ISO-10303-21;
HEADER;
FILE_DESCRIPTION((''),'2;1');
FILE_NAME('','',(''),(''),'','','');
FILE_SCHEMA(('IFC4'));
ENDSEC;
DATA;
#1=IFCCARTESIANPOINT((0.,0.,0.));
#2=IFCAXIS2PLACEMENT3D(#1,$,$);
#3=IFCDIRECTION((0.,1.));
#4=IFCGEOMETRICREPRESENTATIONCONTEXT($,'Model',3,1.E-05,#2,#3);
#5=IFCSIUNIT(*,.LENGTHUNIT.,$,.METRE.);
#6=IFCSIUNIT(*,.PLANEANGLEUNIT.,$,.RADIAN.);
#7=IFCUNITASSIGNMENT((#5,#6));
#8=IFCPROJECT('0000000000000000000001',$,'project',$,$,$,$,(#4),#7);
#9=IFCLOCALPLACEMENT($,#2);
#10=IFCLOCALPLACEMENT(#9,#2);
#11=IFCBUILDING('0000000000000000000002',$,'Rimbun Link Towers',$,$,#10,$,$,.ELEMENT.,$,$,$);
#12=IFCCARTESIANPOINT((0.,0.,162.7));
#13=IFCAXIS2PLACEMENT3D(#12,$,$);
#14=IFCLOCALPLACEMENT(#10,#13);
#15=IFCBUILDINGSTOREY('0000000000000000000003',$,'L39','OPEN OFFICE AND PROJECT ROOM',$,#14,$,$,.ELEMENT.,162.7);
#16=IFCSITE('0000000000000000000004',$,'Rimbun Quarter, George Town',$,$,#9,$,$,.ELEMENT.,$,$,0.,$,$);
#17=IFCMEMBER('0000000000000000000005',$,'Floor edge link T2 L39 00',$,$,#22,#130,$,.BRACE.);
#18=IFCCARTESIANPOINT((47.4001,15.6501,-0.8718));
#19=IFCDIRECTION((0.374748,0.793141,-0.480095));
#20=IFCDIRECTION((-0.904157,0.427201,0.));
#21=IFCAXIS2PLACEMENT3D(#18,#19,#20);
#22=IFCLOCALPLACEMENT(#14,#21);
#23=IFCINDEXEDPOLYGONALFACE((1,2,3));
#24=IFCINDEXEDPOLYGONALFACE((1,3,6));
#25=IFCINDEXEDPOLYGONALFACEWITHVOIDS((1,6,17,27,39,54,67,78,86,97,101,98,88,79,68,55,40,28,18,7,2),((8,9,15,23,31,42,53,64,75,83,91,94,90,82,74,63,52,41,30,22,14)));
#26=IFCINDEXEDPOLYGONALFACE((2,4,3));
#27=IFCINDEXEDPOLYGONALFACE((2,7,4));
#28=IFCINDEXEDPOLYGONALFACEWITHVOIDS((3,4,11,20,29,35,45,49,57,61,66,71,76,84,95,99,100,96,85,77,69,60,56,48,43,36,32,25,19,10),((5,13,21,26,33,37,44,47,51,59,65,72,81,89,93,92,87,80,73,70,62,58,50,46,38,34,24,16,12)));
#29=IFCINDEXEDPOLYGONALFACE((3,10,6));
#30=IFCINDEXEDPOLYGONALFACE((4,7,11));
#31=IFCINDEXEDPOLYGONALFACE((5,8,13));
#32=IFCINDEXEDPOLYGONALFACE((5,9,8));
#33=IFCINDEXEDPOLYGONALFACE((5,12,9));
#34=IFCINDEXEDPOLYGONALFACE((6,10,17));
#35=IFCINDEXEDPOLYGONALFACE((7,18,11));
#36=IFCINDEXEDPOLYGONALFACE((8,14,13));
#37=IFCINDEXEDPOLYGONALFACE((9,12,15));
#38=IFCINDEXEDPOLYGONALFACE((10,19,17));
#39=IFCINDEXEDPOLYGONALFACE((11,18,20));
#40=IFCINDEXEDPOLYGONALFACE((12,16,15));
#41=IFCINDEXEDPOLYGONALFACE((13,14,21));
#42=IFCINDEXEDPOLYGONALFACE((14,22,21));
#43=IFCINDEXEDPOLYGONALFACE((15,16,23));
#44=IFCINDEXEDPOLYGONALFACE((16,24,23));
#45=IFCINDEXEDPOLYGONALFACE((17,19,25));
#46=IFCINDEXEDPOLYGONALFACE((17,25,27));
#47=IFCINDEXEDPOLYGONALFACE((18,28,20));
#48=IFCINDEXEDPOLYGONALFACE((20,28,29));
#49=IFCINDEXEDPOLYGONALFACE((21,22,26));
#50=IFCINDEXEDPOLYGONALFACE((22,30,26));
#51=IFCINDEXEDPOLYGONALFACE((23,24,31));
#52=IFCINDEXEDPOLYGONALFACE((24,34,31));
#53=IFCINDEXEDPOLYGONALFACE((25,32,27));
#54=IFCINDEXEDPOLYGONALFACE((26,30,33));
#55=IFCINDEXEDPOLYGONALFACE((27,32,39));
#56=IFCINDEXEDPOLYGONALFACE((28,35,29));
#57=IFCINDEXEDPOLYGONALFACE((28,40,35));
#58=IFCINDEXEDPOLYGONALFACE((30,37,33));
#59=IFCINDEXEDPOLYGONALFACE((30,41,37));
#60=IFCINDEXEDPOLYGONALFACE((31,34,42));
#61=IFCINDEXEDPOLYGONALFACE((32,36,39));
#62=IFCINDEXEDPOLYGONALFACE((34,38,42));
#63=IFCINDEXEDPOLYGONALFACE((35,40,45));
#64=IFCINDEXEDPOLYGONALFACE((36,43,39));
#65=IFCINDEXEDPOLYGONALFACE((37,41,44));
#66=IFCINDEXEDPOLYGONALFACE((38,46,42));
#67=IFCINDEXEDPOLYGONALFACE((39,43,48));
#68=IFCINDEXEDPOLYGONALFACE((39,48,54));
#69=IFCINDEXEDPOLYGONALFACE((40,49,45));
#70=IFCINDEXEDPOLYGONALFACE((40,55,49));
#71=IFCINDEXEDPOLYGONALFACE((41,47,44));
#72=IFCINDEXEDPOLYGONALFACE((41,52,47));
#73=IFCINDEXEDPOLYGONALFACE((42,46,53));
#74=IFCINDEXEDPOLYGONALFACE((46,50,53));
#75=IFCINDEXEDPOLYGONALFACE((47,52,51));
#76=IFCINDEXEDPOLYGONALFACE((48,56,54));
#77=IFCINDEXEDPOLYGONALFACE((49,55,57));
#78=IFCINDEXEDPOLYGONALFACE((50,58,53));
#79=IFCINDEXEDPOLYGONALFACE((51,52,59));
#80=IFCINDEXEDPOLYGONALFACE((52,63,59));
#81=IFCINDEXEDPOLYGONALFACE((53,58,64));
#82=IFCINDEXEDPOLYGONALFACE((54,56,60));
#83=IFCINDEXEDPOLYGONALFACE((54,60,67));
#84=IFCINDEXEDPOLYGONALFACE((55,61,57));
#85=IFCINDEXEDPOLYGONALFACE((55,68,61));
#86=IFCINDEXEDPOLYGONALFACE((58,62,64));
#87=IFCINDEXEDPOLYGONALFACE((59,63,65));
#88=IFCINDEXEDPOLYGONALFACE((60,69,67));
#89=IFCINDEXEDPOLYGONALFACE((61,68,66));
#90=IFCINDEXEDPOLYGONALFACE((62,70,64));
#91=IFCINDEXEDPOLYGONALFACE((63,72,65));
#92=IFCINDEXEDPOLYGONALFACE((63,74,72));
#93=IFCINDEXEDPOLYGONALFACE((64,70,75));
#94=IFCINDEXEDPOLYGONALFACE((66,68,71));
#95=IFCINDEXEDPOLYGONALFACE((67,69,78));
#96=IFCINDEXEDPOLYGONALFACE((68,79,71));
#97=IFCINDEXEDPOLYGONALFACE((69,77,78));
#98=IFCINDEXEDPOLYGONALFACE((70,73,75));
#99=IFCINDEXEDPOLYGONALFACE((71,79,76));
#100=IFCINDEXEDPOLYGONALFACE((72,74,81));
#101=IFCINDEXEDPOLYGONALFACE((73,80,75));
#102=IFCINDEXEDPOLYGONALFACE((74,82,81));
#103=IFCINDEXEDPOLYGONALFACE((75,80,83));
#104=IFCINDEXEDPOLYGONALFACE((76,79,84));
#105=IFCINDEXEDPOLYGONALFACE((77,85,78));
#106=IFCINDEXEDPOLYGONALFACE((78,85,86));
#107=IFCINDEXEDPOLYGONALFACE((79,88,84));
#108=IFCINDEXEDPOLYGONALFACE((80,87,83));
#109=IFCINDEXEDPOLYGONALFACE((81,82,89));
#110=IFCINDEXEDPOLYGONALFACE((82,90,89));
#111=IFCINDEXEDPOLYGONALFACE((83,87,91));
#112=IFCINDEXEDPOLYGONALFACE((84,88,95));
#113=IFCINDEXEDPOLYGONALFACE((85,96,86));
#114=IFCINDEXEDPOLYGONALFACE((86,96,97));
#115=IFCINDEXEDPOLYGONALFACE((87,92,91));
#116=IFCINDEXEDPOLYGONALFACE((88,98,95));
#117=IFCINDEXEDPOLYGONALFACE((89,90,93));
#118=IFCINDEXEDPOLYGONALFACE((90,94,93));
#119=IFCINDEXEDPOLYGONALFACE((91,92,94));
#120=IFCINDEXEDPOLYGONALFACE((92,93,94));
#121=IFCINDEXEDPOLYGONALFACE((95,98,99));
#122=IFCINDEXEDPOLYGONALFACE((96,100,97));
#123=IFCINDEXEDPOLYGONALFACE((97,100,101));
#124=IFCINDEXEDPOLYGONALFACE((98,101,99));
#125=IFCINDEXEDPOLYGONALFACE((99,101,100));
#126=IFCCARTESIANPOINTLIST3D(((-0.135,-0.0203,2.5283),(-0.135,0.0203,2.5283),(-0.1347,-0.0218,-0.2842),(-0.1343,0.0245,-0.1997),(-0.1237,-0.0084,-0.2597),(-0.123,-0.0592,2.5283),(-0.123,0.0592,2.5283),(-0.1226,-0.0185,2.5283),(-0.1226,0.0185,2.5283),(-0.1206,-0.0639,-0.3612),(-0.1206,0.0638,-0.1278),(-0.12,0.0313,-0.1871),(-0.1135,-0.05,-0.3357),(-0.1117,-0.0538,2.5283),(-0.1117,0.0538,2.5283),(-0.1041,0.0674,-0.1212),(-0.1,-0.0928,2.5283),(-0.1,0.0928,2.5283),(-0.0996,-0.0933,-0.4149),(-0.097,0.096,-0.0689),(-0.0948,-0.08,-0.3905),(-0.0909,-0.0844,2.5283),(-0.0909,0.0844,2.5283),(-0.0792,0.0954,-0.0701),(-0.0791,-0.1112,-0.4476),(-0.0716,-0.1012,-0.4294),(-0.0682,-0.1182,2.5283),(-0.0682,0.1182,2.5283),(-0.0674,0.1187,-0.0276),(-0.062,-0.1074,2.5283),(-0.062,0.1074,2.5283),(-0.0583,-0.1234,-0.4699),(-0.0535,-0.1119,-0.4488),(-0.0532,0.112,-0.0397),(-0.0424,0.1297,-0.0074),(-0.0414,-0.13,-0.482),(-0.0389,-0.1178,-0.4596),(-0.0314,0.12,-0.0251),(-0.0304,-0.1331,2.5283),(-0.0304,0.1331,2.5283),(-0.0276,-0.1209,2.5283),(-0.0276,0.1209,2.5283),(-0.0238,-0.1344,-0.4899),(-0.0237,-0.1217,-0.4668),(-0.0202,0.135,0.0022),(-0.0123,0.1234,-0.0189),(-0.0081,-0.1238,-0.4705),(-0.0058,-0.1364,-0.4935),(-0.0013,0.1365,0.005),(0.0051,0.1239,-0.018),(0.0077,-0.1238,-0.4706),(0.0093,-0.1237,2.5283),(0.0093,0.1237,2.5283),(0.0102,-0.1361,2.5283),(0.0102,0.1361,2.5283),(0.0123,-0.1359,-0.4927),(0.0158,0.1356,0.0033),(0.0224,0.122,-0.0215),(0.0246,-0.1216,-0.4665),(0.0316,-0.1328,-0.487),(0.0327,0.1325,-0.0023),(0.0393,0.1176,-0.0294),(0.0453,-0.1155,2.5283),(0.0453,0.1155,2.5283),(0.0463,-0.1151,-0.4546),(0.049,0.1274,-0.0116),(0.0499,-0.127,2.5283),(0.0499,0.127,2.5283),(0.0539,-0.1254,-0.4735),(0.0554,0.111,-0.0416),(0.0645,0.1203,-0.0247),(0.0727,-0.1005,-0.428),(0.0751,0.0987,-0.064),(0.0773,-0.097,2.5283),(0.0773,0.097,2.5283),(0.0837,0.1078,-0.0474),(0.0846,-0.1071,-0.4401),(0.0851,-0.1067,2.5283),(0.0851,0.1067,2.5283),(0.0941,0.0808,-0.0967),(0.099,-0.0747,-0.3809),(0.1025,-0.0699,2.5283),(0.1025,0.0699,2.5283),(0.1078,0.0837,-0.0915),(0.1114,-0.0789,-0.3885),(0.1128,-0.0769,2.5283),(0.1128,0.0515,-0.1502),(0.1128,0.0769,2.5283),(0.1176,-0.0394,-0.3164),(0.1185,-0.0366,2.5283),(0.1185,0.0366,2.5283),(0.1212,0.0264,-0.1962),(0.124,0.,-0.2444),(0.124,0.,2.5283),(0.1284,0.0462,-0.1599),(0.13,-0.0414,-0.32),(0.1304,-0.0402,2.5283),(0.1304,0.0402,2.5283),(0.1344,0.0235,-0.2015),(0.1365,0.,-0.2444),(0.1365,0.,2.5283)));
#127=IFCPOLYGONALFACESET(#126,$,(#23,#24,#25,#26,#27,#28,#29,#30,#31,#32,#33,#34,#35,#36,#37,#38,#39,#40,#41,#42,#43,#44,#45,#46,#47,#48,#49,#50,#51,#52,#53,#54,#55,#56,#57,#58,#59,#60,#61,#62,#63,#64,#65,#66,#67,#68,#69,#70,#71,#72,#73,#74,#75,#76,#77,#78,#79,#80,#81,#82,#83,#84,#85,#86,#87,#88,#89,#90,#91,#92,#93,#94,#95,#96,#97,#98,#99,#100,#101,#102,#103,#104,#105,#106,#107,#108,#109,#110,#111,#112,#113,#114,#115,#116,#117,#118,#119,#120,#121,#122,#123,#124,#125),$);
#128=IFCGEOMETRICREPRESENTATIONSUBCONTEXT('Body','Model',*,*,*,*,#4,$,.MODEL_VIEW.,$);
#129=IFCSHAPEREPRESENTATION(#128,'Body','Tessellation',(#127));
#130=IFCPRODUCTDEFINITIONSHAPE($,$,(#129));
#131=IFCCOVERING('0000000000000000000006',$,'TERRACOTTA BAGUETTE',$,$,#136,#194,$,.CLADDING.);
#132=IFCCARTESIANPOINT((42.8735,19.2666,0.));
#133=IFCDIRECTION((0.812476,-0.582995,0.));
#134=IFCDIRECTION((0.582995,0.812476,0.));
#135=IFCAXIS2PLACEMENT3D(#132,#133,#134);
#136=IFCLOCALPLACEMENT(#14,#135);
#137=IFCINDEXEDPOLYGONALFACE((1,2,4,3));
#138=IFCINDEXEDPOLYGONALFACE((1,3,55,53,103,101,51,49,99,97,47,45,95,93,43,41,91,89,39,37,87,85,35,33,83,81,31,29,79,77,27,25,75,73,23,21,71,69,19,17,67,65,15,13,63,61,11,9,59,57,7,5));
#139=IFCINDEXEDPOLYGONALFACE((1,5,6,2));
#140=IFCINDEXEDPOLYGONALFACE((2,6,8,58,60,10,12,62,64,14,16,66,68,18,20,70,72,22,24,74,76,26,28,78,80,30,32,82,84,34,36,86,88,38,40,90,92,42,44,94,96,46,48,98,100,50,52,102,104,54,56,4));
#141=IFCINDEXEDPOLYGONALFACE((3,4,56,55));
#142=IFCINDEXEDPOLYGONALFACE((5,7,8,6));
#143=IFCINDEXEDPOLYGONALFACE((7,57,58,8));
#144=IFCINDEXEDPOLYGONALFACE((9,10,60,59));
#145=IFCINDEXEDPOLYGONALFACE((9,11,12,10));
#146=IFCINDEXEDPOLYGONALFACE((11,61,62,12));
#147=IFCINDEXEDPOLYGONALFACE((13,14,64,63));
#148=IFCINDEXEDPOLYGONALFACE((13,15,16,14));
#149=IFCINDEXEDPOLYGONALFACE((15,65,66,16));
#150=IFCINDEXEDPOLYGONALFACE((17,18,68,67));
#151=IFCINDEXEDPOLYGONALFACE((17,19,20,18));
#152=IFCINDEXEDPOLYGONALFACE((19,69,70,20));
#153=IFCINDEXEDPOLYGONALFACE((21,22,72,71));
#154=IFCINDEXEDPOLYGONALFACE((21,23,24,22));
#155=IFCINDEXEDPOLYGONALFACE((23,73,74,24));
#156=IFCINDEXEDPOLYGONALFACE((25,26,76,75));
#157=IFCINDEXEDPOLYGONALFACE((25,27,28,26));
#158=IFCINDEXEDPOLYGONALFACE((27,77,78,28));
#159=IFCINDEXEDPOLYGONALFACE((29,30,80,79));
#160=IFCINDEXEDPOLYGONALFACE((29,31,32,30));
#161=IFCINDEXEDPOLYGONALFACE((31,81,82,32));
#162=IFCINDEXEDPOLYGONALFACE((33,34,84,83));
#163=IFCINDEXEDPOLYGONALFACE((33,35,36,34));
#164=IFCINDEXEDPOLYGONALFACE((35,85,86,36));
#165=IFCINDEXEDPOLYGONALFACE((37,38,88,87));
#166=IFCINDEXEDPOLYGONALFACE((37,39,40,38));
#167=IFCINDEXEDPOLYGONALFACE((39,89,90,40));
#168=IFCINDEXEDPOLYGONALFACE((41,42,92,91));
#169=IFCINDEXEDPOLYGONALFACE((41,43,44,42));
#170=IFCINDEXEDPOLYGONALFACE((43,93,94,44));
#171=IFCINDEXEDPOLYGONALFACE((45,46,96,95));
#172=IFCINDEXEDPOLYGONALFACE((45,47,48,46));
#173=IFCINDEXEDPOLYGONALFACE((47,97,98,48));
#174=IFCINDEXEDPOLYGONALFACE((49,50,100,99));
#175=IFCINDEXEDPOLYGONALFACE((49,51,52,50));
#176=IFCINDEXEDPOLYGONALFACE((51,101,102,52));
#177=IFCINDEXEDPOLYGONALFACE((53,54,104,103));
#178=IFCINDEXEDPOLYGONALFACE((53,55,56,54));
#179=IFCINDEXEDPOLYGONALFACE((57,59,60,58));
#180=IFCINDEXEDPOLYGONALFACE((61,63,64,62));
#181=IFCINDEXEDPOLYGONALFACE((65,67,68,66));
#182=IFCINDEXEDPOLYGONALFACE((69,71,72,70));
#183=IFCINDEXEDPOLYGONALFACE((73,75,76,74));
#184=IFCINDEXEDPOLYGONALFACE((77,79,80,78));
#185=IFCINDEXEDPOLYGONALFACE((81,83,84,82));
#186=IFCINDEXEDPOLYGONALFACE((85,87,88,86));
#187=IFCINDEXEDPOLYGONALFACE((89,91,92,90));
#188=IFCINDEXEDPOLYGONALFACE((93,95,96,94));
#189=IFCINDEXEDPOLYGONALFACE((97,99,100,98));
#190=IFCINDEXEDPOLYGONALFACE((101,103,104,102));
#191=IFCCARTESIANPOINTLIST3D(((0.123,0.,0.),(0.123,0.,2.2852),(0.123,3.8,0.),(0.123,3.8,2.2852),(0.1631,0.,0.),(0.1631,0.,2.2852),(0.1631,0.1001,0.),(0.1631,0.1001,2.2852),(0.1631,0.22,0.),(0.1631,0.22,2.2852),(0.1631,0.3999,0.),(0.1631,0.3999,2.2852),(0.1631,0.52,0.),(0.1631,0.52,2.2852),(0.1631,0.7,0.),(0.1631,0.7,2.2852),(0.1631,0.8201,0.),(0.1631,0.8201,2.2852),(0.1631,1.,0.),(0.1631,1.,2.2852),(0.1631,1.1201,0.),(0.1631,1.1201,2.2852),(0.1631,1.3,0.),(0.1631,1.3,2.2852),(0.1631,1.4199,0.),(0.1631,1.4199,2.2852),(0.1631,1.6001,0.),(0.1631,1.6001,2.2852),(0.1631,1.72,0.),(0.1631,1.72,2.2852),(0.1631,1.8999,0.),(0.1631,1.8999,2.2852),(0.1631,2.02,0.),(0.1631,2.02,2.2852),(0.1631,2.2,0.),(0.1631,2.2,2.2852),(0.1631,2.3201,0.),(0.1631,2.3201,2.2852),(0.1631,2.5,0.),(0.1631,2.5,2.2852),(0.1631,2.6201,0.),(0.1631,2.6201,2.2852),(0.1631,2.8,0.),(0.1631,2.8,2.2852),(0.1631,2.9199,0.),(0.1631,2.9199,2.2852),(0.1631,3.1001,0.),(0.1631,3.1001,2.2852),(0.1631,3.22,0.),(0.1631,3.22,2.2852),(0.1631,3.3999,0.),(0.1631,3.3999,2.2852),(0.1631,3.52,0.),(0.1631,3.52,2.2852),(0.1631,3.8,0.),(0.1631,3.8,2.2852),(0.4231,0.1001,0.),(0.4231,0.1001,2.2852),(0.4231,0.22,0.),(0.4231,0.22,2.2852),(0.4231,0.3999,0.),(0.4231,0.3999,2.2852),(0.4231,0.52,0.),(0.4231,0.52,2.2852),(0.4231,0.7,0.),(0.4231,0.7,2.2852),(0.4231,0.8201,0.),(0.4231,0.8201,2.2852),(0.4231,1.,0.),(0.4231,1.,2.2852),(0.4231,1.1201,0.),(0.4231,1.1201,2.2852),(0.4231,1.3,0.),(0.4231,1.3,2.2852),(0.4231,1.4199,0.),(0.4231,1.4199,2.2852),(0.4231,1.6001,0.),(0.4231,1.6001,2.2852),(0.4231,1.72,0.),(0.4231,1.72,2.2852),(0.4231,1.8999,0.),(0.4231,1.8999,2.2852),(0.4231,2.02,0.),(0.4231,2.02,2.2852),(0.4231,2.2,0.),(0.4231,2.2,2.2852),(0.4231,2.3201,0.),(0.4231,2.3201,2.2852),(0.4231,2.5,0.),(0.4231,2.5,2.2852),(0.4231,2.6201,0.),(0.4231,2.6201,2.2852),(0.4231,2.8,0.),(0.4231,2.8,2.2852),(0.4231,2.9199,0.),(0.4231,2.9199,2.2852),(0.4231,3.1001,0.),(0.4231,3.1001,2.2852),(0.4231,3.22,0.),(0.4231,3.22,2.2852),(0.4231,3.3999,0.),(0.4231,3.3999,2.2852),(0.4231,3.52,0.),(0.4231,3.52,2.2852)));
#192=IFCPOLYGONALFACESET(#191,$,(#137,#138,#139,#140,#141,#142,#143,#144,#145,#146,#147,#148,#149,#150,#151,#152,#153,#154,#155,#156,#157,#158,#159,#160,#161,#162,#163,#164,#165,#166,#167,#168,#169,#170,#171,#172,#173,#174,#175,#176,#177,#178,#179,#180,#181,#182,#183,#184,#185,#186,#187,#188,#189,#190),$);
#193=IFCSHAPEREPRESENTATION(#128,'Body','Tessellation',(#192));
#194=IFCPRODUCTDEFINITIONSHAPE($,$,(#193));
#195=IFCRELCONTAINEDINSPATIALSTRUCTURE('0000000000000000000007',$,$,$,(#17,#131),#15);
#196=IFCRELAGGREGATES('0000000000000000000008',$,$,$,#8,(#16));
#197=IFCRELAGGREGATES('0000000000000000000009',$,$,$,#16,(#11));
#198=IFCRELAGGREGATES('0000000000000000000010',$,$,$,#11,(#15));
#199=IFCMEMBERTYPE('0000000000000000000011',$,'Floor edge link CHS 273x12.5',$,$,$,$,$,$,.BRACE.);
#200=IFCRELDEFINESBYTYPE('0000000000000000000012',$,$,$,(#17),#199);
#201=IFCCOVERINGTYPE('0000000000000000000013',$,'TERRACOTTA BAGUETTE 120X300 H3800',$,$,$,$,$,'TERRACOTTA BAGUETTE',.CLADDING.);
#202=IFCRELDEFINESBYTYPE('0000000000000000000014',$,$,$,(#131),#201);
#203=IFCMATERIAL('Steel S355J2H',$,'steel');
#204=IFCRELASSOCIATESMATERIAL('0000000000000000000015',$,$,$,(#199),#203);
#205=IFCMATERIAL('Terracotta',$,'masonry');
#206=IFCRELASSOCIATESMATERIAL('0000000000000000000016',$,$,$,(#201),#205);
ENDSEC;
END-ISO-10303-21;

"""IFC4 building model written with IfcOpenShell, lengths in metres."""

from ifc_helpers import new_model, si_unit, direction, frame, origin, origin_2d, place, context, subcontext, project, spatial, polyline, hollow_circle, outline, extrude, clip, halfspace, material, material_profile, profile_set, type_object, element, save


model = new_model("IFC4")

# Units and contexts
model_context = context("Model", 3, precision=1e-05, world=origin(), true_north=direction((0.0, 1.0)))
body_context = subcontext(model_context, "Body", "Model", "MODEL_VIEW")
ifc_project = project(units=[si_unit("LENGTHUNIT", "METRE"), si_unit("PLANEANGLEUNIT", "RADIAN")], contexts=[model_context])

# Site, building, storey
site_placement = place(None, origin())
site = spatial("IfcSite", under=ifc_project, at=site_placement, Name="Rimbun Quarter, George Town", CompositionType="ELEMENT", RefElevation=0.0)
building_placement = place(site_placement, origin())
building = spatial("IfcBuilding", under=site, at=building_placement, Name="Rimbun Link Towers", CompositionType="ELEMENT")
storey_placement = place(building_placement, frame((0.0, 0.0, 162.7)))
storey = spatial("IfcBuildingStorey", under=building, at=storey_placement, Name="L39", Description="OPEN OFFICE AND PROJECT ROOM", CompositionType="ELEMENT", Elevation=162.7)

# Member
ifc_material_1 = material(Name="Steel S355J2H", Category="steel")
ifc_material_profile_1 = material_profile(ifc_material_1, hollow_circle(Radius=0.1365, WallThickness=0.0125, at=origin_2d()), Name="CHS 273x12.5")
ifc_profile_set_1 = profile_set([ifc_material_profile_1], Name="Steel S355J2H")
member_type_1 = type_object("IfcMemberType", Name="Floor edge link CHS 273x12.5", PredefinedType="BRACE", material=ifc_profile_set_1)
member_1_placement = place(storey_placement, frame((47.4001, 15.6501, -0.8718), z_axis=(0.374748, 0.793141, -0.480095), x_axis=(-0.904157, 0.427201, 0.0)))
element("IfcMember", 1, at=member_1_placement, inside=storey, type_object=member_type_1, Name="Floor edge link T2 L39 00", PredefinedType="BRACE", context=body_context, shape_type="Clipping", body=[
    clip(extrude(hollow_circle(Radius=0.1365, WallThickness=0.0125, at=origin_2d()), frame((0.0, 0.0, -0.5198)), (0.0, 0.0, 1.0), 3.0481), halfspace(frame((0.0, 0.0, -0.2444), z_axis=(0.0, 0.877217, -0.480095)), False)),
])

# Covering
ifc_material_2 = material(Name="Terracotta", Category="masonry")
ifc_material_profile_2 = material_profile(ifc_material_2, outline(polyline([(0.123, 0.0), (0.1631, 0.0), (0.1631, 0.1001), (0.4231, 0.1001), (0.4231, 0.22), (0.1631, 0.22), (0.1631, 0.3999), (0.4231, 0.3999), (0.4231, 0.52), (0.1631, 0.52), (0.1631, 0.7), (0.4231, 0.7), (0.4231, 0.8201), (0.1631, 0.8201), (0.1631, 1.0), (0.4231, 1.0), (0.4231, 1.1201), (0.1631, 1.1201), (0.1631, 1.3), (0.4231, 1.3), (0.4231, 1.4199), (0.1631, 1.4199), (0.1631, 1.6001), (0.4231, 1.6001), (0.4231, 1.72), (0.1631, 1.72), (0.1631, 1.8999), (0.4231, 1.8999), (0.4231, 2.02), (0.1631, 2.02), (0.1631, 2.2), (0.4231, 2.2), (0.4231, 2.3201), (0.1631, 2.3201), (0.1631, 2.5), (0.4231, 2.5), (0.4231, 2.6201), (0.1631, 2.6201), (0.1631, 2.8), (0.4231, 2.8), (0.4231, 2.9199), (0.1631, 2.9199), (0.1631, 3.1001), (0.4231, 3.1001), (0.4231, 3.22), (0.1631, 3.22), (0.1631, 3.3999), (0.4231, 3.3999), (0.4231, 3.52), (0.1631, 3.52), (0.1631, 3.8), (0.123, 3.8), (0.123, 0.0)])), Name="BAGUETTE 120X300")
ifc_profile_set_2 = profile_set([ifc_material_profile_2], Name="Terracotta")
covering_type = type_object("IfcCoveringType", Name="TERRACOTTA BAGUETTE 120X300 H3800", ElementType="TERRACOTTA BAGUETTE", PredefinedType="CLADDING", material=ifc_profile_set_2)
covering_placement = place(storey_placement, frame((42.8735, 19.2666, 0.0), z_axis=(0.812476, -0.582995, 0.0), x_axis=(0.582995, 0.812476, 0.0)))
element("IfcCovering", 2, at=covering_placement, inside=storey, type_object=covering_type, Name="TERRACOTTA BAGUETTE", PredefinedType="CLADDING", context=body_context, shape_type="SweptSolid", body=[
    extrude(outline(polyline([(0.123, 0.0), (0.1631, 0.0), (0.1631, 0.1001), (0.4231, 0.1001), (0.4231, 0.22), (0.1631, 0.22), (0.1631, 0.3999), (0.4231, 0.3999), (0.4231, 0.52), (0.1631, 0.52), (0.1631, 0.7), (0.4231, 0.7), (0.4231, 0.8201), (0.1631, 0.8201), (0.1631, 1.0), (0.4231, 1.0), (0.4231, 1.1201), (0.1631, 1.1201), (0.1631, 1.3), (0.4231, 1.3), (0.4231, 1.4199), (0.1631, 1.4199), (0.1631, 1.6001), (0.4231, 1.6001), (0.4231, 1.72), (0.1631, 1.72), (0.1631, 1.8999), (0.4231, 1.8999), (0.4231, 2.02), (0.1631, 2.02), (0.1631, 2.2), (0.4231, 2.2), (0.4231, 2.3201), (0.1631, 2.3201), (0.1631, 2.5), (0.4231, 2.5), (0.4231, 2.6201), (0.1631, 2.6201), (0.1631, 2.8), (0.4231, 2.8), (0.4231, 2.9199), (0.1631, 2.9199), (0.1631, 3.1001), (0.4231, 3.1001), (0.4231, 3.22), (0.1631, 3.22), (0.1631, 3.3999), (0.4231, 3.3999), (0.4231, 3.52), (0.1631, 3.52), (0.1631, 3.8), (0.123, 3.8), (0.123, 0.0)])), origin(), (0.0, 0.0, 1.0), 2.2852),
])

save(model, "model.ifc")
